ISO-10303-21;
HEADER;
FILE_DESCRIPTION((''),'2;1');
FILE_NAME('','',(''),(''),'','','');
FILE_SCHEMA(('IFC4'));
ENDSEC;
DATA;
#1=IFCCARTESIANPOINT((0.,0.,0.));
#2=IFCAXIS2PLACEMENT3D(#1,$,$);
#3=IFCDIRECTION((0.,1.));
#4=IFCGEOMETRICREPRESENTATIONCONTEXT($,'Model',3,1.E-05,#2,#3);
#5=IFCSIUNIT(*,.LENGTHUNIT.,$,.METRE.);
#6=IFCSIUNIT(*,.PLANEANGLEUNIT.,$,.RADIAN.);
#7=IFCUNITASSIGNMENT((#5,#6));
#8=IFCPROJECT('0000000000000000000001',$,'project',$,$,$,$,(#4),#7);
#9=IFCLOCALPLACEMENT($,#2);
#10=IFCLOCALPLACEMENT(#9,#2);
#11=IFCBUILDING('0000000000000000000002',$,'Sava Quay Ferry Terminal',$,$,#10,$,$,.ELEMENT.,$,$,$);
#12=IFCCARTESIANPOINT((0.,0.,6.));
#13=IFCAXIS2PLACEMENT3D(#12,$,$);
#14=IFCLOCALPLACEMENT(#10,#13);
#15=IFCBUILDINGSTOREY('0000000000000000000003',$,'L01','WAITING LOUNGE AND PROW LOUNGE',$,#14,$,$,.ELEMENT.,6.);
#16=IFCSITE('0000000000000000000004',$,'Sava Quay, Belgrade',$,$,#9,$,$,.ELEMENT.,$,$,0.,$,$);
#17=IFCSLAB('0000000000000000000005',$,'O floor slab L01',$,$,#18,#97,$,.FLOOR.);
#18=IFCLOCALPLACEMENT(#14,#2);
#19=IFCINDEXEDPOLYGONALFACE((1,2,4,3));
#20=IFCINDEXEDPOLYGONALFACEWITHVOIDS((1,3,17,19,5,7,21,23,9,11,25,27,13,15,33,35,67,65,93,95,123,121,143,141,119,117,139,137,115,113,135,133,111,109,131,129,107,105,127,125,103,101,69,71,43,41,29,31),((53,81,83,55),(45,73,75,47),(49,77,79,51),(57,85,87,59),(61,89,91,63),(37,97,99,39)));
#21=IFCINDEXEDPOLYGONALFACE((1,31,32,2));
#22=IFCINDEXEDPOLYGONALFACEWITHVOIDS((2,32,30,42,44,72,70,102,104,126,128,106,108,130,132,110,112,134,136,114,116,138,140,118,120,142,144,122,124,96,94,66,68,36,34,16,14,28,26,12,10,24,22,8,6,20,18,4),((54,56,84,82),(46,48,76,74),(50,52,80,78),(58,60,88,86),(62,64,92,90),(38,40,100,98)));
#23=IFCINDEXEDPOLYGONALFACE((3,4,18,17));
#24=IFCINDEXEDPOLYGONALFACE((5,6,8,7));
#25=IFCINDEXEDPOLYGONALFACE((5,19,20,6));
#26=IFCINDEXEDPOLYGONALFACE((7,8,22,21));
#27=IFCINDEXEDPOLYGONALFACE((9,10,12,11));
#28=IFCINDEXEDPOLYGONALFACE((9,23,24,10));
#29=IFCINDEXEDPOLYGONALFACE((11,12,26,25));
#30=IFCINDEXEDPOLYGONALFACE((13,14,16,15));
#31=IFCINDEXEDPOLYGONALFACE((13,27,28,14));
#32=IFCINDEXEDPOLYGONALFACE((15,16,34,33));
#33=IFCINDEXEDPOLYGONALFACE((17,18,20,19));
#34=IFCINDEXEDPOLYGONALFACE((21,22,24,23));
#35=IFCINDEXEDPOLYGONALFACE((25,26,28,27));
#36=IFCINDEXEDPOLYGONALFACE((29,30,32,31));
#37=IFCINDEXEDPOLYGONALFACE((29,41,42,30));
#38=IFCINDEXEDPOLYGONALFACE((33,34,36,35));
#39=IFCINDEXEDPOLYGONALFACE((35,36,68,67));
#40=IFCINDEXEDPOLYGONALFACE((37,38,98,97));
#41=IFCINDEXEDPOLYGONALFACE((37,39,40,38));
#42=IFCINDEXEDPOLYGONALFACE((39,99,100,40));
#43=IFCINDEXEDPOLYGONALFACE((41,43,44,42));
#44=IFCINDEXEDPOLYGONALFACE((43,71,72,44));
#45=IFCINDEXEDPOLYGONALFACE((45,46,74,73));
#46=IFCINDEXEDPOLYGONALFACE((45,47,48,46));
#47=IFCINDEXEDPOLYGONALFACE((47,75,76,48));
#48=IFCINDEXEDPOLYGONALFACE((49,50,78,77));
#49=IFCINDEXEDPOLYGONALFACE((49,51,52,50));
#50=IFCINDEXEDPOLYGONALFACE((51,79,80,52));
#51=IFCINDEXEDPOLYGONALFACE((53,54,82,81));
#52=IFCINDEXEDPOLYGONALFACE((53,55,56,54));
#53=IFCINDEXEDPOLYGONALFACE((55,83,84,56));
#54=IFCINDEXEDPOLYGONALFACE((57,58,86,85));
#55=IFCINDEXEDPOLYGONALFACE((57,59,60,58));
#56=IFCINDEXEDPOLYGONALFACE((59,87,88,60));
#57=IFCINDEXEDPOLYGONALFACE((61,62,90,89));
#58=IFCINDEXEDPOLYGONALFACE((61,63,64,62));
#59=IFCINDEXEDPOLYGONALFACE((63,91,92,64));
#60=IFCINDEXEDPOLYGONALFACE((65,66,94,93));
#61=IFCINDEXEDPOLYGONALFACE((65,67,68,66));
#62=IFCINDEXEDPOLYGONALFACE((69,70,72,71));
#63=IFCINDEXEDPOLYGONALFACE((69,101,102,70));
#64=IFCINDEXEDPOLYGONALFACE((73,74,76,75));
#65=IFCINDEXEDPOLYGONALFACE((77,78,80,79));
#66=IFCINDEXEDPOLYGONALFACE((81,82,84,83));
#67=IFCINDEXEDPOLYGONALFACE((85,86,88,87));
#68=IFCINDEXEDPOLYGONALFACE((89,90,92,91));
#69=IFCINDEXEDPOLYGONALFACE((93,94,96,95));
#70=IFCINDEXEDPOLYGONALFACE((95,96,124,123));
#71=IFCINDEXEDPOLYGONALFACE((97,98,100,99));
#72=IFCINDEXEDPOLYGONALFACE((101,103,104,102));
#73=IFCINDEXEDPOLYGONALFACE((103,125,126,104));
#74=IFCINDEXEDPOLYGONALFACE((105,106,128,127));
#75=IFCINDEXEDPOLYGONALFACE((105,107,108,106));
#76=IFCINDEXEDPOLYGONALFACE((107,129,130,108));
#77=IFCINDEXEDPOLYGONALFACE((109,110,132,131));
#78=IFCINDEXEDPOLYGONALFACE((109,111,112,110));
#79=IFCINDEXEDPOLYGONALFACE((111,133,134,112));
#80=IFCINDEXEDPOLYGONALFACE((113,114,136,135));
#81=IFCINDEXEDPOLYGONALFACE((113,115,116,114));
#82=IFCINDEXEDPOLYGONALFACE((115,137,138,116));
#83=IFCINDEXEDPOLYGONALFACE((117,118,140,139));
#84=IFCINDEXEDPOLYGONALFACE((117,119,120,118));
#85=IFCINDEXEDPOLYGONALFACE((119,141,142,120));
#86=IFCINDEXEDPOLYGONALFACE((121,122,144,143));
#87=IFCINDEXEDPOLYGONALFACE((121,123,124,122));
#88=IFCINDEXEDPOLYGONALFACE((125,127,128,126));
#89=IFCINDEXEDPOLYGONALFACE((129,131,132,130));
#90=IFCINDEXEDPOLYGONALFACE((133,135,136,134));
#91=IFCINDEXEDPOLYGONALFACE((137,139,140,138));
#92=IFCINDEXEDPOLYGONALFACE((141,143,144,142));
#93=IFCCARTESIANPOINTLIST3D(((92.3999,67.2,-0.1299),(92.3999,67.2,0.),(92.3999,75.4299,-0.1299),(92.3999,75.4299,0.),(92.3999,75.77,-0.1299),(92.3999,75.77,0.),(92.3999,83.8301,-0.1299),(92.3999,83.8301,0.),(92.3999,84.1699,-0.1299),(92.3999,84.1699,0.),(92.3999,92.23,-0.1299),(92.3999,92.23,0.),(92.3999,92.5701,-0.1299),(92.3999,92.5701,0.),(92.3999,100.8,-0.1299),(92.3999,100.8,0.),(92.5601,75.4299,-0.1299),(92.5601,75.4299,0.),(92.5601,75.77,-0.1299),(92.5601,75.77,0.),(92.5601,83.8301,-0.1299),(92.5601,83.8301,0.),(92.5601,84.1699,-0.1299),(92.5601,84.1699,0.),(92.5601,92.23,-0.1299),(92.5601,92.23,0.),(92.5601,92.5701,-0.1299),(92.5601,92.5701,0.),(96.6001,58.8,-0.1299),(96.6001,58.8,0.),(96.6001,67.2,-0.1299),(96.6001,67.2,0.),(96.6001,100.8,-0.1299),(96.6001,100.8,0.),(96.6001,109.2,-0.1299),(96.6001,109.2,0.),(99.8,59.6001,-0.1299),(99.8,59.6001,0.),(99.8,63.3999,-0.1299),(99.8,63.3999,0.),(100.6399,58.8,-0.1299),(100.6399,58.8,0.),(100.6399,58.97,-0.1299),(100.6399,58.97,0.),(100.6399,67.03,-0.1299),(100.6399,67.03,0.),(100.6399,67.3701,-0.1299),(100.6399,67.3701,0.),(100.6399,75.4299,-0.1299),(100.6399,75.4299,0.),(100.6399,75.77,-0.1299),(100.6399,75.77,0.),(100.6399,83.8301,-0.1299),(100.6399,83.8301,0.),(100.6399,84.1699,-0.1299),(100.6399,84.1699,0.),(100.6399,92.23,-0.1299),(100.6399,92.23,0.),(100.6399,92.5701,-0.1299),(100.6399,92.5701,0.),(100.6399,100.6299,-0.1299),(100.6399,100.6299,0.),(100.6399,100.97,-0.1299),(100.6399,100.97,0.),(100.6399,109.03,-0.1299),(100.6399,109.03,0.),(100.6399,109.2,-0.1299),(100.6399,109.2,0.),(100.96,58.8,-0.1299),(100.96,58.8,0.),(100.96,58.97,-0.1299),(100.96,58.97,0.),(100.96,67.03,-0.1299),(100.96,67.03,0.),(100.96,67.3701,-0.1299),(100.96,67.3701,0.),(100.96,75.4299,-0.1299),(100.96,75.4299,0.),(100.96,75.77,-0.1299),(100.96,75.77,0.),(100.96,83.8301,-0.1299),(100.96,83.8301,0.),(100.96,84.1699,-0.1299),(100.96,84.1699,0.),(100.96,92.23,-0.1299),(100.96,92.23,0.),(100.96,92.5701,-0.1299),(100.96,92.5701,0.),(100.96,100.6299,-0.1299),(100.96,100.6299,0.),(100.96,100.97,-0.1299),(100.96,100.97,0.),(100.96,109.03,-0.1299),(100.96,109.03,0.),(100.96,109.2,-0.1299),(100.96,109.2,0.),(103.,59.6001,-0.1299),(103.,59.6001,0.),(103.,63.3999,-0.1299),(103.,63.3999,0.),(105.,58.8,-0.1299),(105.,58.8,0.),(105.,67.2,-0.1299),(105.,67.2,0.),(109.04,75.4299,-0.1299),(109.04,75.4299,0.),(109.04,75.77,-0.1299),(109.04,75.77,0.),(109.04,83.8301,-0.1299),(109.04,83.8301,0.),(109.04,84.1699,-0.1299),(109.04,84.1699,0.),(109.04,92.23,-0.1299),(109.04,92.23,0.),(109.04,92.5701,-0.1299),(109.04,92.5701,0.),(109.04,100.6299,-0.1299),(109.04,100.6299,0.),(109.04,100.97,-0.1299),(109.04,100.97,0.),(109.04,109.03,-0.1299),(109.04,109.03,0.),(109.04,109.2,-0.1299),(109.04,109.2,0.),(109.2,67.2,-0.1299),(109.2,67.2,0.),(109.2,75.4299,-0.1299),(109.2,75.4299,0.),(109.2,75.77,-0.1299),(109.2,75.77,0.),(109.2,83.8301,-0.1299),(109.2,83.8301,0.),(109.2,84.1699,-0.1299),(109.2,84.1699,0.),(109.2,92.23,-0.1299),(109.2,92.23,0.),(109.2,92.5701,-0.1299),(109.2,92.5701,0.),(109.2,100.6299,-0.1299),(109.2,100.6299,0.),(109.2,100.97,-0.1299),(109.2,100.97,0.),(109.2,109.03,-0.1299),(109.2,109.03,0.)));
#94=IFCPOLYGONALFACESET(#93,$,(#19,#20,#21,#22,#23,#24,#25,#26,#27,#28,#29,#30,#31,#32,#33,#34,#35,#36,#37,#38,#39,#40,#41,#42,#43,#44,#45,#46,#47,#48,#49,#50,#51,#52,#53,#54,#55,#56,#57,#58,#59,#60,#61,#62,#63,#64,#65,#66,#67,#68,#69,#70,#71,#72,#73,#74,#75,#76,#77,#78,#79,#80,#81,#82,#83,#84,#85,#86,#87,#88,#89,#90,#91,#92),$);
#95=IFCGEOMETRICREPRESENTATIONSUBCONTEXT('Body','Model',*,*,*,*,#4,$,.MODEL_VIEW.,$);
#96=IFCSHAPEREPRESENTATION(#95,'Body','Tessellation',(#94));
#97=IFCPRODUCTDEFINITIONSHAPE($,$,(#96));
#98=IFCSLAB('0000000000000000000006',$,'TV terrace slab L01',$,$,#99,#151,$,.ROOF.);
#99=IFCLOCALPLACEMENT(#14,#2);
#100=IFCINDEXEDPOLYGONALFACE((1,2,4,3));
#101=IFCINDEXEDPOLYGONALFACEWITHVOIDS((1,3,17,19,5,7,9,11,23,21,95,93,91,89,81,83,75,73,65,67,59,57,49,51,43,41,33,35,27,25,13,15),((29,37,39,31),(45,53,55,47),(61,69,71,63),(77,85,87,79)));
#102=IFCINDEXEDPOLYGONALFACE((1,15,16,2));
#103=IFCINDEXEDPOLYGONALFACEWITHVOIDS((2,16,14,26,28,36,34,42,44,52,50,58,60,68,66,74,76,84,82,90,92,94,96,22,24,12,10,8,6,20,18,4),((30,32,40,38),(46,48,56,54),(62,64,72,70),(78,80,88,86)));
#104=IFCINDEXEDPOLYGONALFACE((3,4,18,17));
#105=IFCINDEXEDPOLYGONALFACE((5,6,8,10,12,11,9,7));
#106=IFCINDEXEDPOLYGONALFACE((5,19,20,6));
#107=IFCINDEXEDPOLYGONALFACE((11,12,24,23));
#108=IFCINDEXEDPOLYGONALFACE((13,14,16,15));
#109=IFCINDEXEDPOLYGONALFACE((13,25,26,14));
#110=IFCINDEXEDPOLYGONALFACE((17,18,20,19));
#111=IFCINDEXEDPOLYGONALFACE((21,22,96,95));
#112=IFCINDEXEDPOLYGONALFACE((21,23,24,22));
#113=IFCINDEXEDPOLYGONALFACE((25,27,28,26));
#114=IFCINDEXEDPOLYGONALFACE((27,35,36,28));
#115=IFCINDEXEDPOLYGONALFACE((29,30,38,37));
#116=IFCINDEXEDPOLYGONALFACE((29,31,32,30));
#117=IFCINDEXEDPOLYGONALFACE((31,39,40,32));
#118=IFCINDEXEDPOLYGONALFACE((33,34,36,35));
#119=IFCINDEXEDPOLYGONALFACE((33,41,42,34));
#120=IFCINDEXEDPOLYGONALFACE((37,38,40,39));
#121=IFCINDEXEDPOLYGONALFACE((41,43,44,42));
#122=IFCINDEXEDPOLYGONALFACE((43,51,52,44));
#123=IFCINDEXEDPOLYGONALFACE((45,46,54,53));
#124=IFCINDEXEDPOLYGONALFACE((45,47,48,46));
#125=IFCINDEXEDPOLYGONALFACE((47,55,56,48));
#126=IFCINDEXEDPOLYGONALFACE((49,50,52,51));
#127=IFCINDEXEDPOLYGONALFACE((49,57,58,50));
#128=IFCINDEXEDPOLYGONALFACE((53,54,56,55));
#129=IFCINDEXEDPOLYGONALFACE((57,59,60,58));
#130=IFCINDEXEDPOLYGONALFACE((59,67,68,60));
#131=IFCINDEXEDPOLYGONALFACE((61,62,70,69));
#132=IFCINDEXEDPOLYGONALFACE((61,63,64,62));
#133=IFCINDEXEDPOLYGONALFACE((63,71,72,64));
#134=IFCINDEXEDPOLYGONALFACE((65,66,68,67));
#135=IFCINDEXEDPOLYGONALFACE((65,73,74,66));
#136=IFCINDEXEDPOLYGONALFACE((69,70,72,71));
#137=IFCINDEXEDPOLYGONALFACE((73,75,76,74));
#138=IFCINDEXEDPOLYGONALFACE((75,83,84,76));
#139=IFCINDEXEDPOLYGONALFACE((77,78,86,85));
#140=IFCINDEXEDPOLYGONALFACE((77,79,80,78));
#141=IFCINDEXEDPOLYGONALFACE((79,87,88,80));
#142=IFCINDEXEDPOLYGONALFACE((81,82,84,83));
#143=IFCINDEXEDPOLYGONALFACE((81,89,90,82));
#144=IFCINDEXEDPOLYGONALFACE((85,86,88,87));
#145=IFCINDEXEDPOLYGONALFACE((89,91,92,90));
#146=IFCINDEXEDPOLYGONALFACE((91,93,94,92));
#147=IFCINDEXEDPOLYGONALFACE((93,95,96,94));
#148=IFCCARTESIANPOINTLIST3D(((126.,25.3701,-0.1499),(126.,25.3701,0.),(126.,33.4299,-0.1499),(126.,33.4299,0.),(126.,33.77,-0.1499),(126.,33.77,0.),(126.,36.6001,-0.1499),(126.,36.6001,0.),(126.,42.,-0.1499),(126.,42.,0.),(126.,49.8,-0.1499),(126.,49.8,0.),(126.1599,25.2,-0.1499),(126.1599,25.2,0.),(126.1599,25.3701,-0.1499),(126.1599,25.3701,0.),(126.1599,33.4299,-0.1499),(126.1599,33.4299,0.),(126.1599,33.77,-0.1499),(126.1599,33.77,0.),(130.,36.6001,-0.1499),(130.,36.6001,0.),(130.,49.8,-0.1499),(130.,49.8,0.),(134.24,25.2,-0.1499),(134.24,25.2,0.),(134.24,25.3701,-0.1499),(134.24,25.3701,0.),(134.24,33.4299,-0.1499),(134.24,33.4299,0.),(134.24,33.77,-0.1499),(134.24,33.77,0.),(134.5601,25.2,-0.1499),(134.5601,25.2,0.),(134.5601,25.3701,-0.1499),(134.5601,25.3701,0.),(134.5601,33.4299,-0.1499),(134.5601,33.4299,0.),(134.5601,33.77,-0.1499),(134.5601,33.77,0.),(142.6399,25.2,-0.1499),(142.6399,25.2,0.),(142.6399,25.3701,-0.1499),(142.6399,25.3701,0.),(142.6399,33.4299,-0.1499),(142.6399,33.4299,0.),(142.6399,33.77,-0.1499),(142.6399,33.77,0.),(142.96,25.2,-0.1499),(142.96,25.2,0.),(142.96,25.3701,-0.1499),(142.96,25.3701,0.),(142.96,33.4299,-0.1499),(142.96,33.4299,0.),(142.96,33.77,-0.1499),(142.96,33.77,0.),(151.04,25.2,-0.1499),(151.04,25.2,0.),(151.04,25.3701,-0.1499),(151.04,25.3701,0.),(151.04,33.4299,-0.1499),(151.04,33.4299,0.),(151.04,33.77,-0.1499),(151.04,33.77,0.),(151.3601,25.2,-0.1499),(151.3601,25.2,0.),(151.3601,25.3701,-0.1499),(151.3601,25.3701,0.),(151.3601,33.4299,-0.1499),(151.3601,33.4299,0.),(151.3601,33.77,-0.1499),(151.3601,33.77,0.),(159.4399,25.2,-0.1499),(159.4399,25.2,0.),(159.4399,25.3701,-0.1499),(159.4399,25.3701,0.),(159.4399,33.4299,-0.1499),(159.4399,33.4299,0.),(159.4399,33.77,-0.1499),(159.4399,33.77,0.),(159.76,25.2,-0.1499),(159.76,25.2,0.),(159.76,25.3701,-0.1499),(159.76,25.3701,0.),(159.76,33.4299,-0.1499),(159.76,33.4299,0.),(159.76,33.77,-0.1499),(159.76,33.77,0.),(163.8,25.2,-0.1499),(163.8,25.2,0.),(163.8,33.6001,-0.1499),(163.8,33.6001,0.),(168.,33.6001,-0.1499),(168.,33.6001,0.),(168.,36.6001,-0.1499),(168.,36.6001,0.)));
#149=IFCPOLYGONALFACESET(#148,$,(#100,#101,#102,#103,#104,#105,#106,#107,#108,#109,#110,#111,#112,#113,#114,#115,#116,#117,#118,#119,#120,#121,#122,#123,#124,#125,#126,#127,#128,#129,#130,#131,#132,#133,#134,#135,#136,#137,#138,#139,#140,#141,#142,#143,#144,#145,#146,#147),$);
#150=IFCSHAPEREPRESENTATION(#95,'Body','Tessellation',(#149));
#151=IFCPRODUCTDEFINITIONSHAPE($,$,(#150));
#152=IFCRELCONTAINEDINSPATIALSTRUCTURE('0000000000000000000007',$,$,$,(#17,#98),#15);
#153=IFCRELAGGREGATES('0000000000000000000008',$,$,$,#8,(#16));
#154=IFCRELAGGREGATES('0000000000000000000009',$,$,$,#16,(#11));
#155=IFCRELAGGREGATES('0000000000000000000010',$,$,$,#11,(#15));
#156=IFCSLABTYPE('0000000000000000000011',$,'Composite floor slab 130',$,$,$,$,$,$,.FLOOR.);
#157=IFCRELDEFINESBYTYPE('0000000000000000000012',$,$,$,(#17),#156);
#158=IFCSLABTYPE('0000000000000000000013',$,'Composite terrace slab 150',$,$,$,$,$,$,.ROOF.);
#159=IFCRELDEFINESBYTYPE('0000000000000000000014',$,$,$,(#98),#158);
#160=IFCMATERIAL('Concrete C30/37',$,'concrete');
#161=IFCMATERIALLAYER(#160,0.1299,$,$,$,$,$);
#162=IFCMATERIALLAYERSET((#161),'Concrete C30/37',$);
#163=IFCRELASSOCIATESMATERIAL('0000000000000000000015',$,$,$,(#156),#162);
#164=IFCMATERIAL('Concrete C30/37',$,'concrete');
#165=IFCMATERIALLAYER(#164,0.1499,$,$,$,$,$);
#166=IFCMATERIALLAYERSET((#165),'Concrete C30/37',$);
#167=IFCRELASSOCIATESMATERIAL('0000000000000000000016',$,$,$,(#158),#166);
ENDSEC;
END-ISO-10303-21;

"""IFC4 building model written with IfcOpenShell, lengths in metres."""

from ifc_helpers import new_model, si_unit, direction, frame, origin, place, context, subcontext, project, spatial, polyline, outline, extrude, material, layer, layer_set, type_object, element, save


model = new_model("IFC4")

# Units and contexts
model_context = context("Model", 3, precision=1e-05, world=origin(), true_north=direction((0.0, 1.0)))
body_context = subcontext(model_context, "Body", "Model", "MODEL_VIEW")
ifc_project = project(units=[si_unit("LENGTHUNIT", "METRE"), si_unit("PLANEANGLEUNIT", "RADIAN")], contexts=[model_context])

# Site, building, storey
site_placement = place(None, origin())
site = spatial("IfcSite", under=ifc_project, at=site_placement, Name="Sava Quay, Belgrade", CompositionType="ELEMENT", RefElevation=0.0)
building_placement = place(site_placement, origin())
building = spatial("IfcBuilding", under=site, at=building_placement, Name="Sava Quay Ferry Terminal", CompositionType="ELEMENT")
storey_placement = place(building_placement, frame((0.0, 0.0, 6.0)))
storey = spatial("IfcBuildingStorey", under=building, at=storey_placement, Name="L01", Description="WAITING LOUNGE AND PROW LOUNGE", CompositionType="ELEMENT", Elevation=6.0)

# Slabs
ifc_material_1 = material(Name="Concrete C30/37", Category="concrete")
ifc_layer_1 = layer(ifc_material_1, 0.1299)
ifc_layer_set_1 = layer_set([ifc_layer_1], Name="Concrete C30/37")
slab_type_1 = type_object("IfcSlabType", Name="Composite floor slab 130", PredefinedType="FLOOR", material=ifc_layer_set_1)
slab_1_placement = place(storey_placement, frame((0.0, 0.0, -0.1299)))
element("IfcSlab", 1, at=slab_1_placement, inside=storey, type_object=slab_type_1, Name="O floor slab L01", PredefinedType="FLOOR", context=body_context, shape_type="SweptSolid", body=[
    extrude(outline(polyline([(105.0, 67.2), (105.0, 58.8), (100.96, 58.8), (100.96, 58.97), (100.6399, 58.97), (100.6399, 58.8), (96.6001, 58.8), (96.6001, 67.2), (92.3999, 67.2), (92.3999, 75.4299), (92.5601, 75.4299), (92.5601, 75.77), (92.3999, 75.77), (92.3999, 83.8301), (92.5601, 83.8301), (92.5601, 84.1699), (92.3999, 84.1699), (92.3999, 92.23), (92.5601, 92.23), (92.5601, 92.5701), (92.3999, 92.5701), (92.3999, 100.8), (96.6001, 100.8), (96.6001, 109.2), (100.6399, 109.2), (100.6399, 109.03), (100.96, 109.03), (100.96, 109.2), (109.04, 109.2), (109.04, 109.03), (109.2, 109.03), (109.2, 100.97), (109.04, 100.97), (109.04, 100.6299), (109.2, 100.6299), (109.2, 92.5701), (109.04, 92.5701), (109.04, 92.23), (109.2, 92.23), (109.2, 84.1699), (109.04, 84.1699), (109.04, 83.8301), (109.2, 83.8301), (109.2, 75.77), (109.04, 75.77), (109.04, 75.4299), (109.2, 75.4299), (109.2, 67.2), (105.0, 67.2)]), holes=[polyline([(100.6399, 67.03), (100.96, 67.03), (100.96, 67.3701), (100.6399, 67.3701), (100.6399, 67.03)]), polyline([(100.6399, 75.77), (100.6399, 75.4299), (100.96, 75.4299), (100.96, 75.77), (100.6399, 75.77)]), polyline([(100.6399, 83.8301), (100.96, 83.8301), (100.96, 84.1699), (100.6399, 84.1699), (100.6399, 83.8301)]), polyline([(100.6399, 100.97), (100.6399, 100.6299), (100.96, 100.6299), (100.96, 100.97), (100.6399, 100.97)]), polyline([(99.8, 59.6001), (103.0, 59.6001), (103.0, 63.3999), (99.8, 63.3999), (99.8, 59.6001)]), polyline([(100.6399, 92.5701), (100.6399, 92.23), (100.96, 92.23), (100.96, 92.5701), (100.6399, 92.5701)])]), origin(), (0.0, 0.0, 1.0), 0.1299),
])
ifc_material_2 = material(Name="Concrete C30/37", Category="concrete")
ifc_layer_2 = layer(ifc_material_2, 0.1499)
ifc_layer_set_2 = layer_set([ifc_layer_2], Name="Concrete C30/37")
slab_type_2 = type_object("IfcSlabType", Name="Composite terrace slab 150", PredefinedType="ROOF", material=ifc_layer_set_2)
slab_2_placement = place(storey_placement, frame((0.0, 0.0, -0.1499)))
element("IfcSlab", 2, at=slab_2_placement, inside=storey, type_object=slab_type_2, Name="TV terrace slab L01", PredefinedType="ROOF", context=body_context, shape_type="SweptSolid", body=[
    extrude(outline(polyline([(159.76, 25.2), (159.76, 25.3701), (159.4399, 25.3701), (159.4399, 25.2), (151.3601, 25.2), (151.3601, 25.3701), (151.04, 25.3701), (151.04, 25.2), (142.96, 25.2), (142.96, 25.3701), (142.6399, 25.3701), (142.6399, 25.2), (134.5601, 25.2), (134.5601, 25.3701), (134.24, 25.3701), (134.24, 25.2), (126.1599, 25.2), (126.1599, 25.3701), (126.0, 25.3701), (126.0, 33.4299), (126.1599, 33.4299), (126.1599, 33.77), (126.0, 33.77), (126.0, 36.6001), (126.0, 42.0), (126.0, 49.8), (130.0, 49.8), (130.0, 36.6001), (168.0, 36.6001), (168.0, 33.6001), (163.8, 33.6001), (163.8, 25.2), (159.76, 25.2)]), holes=[polyline([(134.24, 33.77), (134.24, 33.4299), (134.5601, 33.4299), (134.5601, 33.77), (134.24, 33.77)]), polyline([(142.6399, 33.77), (142.6399, 33.4299), (142.96, 33.4299), (142.96, 33.77), (142.6399, 33.77)]), polyline([(159.76, 33.77), (159.4399, 33.77), (159.4399, 33.4299), (159.76, 33.4299), (159.76, 33.77)]), polyline([(151.3601, 33.77), (151.04, 33.77), (151.04, 33.4299), (151.3601, 33.4299), (151.3601, 33.77)])]), origin(), (0.0, 0.0, 1.0), 0.1499),
])

save(model, "model.ifc")
